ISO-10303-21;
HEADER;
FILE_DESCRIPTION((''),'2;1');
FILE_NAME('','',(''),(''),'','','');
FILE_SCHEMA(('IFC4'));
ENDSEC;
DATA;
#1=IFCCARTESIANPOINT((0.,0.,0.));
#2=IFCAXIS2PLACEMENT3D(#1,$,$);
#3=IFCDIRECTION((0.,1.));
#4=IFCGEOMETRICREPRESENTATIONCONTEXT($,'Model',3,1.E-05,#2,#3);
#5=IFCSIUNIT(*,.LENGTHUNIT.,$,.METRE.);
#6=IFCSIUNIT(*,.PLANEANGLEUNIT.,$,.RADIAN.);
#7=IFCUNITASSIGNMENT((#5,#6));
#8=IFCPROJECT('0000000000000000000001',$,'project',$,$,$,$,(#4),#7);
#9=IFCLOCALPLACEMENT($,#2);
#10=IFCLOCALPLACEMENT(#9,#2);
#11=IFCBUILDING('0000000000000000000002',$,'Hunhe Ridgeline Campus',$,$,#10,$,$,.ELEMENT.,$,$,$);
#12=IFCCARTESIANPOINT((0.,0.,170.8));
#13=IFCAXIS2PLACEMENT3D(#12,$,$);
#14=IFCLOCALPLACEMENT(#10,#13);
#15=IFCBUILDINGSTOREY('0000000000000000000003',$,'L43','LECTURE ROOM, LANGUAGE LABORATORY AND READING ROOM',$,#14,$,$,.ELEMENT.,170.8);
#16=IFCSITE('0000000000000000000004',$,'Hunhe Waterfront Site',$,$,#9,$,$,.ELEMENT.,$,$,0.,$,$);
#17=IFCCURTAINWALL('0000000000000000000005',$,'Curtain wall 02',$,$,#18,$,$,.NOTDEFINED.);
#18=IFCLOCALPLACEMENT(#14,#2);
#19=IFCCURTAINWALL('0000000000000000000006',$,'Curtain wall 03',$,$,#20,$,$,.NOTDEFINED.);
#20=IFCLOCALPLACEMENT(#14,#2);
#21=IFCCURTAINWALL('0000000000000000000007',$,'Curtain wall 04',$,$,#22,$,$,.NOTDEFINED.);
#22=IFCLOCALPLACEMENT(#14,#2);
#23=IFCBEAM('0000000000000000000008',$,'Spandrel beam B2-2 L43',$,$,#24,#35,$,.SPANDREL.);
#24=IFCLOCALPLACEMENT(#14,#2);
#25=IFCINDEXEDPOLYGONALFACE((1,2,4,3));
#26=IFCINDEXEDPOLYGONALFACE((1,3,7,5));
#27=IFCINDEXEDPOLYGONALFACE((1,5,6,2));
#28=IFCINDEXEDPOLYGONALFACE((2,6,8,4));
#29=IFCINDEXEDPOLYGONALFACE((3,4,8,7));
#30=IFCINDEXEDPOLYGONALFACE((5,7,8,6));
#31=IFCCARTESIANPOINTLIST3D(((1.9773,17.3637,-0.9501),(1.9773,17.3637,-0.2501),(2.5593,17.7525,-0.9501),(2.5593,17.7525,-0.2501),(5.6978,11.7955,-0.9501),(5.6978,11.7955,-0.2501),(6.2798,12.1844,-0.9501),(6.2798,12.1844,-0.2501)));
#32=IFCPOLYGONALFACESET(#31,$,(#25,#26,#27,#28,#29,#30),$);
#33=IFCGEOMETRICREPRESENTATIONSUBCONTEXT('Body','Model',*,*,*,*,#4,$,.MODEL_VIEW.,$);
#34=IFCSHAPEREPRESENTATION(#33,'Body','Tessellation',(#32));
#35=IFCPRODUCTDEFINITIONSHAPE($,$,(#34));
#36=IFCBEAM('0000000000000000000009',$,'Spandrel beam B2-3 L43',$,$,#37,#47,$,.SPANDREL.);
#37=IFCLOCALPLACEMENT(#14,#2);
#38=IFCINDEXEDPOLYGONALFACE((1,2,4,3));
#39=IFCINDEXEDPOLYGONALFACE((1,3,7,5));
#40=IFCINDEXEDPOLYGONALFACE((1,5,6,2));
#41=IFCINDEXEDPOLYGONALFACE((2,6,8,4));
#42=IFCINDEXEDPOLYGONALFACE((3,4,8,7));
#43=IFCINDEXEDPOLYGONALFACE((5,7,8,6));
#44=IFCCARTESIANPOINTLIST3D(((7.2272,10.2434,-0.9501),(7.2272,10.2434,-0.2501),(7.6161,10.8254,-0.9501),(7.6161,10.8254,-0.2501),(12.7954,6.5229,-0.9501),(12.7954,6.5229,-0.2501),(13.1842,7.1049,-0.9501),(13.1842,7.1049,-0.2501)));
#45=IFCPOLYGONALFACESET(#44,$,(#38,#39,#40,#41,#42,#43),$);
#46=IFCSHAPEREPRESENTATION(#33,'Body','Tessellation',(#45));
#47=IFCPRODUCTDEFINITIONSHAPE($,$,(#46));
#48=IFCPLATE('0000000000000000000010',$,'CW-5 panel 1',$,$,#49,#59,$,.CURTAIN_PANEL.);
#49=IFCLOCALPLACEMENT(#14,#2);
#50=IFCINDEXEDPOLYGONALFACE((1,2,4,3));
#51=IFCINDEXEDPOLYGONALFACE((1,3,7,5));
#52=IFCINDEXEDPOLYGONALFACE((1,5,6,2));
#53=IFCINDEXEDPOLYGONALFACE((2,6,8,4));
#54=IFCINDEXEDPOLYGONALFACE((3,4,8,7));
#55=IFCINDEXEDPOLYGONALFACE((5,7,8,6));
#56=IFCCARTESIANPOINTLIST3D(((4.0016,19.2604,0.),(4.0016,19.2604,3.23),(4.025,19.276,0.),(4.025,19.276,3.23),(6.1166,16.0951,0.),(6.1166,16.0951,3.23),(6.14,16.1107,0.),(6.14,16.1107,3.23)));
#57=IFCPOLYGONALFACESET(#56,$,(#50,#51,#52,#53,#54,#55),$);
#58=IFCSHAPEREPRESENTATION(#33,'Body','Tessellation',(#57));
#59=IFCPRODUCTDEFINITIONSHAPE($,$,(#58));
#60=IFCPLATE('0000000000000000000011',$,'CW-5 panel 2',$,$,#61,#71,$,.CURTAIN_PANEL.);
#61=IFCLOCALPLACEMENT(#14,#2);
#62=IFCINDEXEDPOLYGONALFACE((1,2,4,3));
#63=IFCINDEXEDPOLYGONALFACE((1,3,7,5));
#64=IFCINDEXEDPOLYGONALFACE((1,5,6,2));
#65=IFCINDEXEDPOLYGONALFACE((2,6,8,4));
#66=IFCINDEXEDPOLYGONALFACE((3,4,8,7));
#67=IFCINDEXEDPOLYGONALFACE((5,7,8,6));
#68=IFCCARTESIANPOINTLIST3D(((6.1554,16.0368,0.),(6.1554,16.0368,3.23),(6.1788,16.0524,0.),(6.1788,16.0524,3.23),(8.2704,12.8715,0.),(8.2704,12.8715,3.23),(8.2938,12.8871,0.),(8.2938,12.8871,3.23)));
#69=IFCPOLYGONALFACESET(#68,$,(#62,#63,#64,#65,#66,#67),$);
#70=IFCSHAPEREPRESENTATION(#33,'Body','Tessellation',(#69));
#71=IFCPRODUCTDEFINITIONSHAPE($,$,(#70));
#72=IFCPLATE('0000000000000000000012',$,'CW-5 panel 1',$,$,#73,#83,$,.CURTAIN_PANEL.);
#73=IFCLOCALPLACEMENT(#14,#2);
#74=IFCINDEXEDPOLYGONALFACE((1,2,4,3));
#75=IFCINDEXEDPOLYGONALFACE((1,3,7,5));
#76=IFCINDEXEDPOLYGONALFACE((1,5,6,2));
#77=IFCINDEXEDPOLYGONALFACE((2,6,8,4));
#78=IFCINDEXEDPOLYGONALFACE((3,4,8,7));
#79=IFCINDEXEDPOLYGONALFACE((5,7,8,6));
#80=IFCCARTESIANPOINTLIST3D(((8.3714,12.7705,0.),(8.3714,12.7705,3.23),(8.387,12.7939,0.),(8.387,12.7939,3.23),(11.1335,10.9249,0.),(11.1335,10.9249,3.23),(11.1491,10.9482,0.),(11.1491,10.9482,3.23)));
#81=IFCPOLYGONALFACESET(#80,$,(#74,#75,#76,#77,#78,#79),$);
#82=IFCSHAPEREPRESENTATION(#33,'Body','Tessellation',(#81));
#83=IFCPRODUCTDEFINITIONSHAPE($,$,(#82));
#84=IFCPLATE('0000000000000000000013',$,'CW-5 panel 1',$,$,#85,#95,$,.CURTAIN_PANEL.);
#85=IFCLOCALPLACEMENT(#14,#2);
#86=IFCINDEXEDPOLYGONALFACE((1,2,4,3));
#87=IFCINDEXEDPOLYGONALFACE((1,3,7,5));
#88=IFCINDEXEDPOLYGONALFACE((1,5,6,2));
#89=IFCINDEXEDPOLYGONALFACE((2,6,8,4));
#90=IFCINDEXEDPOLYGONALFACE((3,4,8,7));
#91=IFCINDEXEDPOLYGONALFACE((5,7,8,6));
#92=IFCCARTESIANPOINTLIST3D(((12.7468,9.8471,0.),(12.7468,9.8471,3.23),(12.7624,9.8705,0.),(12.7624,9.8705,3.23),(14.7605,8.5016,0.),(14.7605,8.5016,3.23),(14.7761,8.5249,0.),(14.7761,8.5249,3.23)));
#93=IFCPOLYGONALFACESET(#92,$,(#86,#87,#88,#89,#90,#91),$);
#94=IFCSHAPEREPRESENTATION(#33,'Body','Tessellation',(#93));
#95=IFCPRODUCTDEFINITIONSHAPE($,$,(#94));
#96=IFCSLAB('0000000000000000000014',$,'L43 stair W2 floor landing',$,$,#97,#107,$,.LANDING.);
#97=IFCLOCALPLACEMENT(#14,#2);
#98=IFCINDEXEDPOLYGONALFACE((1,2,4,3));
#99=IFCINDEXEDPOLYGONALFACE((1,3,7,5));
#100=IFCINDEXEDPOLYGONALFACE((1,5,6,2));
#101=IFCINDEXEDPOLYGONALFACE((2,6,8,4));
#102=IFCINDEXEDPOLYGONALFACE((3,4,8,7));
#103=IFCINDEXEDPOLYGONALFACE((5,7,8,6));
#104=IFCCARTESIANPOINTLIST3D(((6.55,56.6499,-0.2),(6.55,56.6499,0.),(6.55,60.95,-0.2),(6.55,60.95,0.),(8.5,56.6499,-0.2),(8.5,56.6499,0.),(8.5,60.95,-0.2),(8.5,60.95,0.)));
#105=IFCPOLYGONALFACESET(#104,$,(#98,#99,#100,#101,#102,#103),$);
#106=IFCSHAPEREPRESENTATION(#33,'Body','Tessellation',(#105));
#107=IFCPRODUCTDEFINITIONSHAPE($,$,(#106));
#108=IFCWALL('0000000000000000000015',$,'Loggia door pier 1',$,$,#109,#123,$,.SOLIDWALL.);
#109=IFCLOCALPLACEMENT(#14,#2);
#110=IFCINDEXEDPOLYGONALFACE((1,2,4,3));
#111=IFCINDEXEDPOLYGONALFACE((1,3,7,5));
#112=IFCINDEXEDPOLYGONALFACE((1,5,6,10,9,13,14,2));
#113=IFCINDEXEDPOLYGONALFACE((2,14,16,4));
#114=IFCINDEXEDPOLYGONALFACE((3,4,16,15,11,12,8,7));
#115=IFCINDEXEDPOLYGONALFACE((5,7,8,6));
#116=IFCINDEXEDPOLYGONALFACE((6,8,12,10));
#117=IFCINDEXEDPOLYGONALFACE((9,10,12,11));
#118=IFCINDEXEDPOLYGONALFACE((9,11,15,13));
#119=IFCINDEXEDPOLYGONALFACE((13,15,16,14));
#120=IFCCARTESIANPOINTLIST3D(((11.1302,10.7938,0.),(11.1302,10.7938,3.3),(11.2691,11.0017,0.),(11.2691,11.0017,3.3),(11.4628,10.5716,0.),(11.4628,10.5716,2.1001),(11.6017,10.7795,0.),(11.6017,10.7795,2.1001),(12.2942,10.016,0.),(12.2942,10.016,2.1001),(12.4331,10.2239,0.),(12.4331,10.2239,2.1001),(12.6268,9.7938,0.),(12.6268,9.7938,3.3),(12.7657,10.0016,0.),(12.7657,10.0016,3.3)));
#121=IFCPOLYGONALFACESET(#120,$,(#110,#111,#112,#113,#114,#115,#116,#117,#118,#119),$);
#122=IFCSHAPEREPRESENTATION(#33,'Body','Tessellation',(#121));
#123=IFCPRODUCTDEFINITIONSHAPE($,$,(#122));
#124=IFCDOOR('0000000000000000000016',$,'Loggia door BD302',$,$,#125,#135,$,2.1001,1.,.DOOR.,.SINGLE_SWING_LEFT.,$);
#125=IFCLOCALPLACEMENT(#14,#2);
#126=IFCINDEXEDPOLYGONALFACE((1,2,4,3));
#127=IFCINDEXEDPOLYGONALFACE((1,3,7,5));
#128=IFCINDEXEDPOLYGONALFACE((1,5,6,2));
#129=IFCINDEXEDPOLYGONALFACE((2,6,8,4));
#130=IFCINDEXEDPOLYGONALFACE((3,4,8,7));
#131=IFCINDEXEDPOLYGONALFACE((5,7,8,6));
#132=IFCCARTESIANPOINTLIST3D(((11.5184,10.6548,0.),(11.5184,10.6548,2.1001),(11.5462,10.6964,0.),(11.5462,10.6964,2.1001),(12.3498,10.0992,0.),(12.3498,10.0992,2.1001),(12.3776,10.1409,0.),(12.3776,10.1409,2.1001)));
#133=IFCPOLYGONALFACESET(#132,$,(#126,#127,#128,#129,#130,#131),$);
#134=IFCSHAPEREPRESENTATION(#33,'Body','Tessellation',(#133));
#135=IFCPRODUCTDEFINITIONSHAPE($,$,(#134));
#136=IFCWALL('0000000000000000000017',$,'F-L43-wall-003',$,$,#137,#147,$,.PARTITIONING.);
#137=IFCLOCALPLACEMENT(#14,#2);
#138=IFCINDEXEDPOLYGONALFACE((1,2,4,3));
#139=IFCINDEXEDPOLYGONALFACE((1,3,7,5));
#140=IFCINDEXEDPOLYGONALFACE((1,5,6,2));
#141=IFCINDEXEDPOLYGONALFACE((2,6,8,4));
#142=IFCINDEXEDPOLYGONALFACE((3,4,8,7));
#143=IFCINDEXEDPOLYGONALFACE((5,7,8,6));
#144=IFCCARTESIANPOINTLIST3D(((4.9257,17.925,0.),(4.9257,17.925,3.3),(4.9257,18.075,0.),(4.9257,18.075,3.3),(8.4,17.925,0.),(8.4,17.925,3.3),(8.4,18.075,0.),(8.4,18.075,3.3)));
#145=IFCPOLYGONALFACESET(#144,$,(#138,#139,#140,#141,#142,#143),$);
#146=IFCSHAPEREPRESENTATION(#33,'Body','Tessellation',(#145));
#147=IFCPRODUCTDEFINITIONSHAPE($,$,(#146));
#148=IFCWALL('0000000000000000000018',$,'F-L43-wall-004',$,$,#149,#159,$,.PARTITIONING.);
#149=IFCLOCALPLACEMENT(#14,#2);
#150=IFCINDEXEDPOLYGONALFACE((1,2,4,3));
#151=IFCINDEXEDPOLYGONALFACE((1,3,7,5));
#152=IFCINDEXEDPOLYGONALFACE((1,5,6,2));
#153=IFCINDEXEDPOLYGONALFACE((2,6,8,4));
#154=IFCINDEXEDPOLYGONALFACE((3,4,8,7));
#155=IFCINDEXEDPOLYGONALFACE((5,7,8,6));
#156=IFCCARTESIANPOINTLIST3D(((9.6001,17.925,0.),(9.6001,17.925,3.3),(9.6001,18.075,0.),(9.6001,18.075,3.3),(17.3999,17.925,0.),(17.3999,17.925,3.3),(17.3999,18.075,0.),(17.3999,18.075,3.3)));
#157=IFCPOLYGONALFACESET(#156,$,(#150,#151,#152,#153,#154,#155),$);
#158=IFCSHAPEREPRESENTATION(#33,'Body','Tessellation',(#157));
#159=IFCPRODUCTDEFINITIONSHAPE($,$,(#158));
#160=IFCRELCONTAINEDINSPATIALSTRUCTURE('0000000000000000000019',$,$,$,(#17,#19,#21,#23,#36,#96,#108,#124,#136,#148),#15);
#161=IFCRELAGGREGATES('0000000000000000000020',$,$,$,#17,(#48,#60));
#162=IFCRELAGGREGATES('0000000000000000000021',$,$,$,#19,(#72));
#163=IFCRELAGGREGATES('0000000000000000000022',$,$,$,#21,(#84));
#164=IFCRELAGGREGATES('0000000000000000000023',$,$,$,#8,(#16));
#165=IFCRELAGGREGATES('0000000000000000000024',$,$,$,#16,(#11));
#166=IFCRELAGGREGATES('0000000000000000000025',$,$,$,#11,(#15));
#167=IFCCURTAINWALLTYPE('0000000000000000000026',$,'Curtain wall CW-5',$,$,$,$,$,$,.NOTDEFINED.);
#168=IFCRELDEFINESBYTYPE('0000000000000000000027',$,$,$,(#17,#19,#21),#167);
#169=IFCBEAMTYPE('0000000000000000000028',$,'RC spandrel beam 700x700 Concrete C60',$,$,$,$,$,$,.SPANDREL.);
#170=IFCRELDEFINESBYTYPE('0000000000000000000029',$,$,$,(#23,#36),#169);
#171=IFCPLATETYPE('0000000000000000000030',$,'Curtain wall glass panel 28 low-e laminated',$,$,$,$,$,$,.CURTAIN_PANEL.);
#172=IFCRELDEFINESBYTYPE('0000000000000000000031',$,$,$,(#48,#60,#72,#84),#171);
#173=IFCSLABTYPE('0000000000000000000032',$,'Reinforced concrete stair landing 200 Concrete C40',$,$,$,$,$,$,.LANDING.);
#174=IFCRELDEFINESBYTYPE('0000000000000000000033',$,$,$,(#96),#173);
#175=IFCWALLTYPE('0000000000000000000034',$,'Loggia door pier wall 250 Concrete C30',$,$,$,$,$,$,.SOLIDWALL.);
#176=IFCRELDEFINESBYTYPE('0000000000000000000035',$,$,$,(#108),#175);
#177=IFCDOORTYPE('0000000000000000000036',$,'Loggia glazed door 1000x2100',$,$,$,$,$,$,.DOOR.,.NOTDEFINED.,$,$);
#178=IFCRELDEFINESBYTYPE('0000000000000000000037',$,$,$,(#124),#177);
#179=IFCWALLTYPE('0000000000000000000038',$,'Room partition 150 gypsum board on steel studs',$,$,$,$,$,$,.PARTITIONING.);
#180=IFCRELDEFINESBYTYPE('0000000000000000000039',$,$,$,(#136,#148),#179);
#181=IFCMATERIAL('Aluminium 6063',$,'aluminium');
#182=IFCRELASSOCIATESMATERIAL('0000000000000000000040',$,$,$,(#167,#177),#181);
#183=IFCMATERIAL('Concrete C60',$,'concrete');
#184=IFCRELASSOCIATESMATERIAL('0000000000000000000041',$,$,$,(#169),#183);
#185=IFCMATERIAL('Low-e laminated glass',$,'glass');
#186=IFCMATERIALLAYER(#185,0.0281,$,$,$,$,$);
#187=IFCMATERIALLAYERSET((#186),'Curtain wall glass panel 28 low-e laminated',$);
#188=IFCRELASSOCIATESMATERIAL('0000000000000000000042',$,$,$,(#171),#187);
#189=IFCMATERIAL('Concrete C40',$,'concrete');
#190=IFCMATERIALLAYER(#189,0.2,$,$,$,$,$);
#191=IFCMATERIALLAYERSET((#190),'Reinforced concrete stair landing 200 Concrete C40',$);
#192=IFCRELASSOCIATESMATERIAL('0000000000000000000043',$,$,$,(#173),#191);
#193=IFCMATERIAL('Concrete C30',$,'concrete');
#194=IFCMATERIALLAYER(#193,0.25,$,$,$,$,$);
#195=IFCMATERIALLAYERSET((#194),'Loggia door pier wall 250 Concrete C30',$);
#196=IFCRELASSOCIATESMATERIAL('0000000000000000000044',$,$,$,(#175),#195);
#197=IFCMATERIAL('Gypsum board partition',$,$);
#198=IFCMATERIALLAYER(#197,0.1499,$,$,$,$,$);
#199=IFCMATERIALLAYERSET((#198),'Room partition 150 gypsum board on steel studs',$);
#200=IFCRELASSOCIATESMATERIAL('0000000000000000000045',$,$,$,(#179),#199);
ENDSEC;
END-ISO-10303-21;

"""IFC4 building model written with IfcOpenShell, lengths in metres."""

from ifc_helpers import new_model, si_unit, direction, frame, frame_2d, origin, origin_2d, place, context, subcontext, project, spatial, polyline, rectangle, outline, extrude, material, layer, layer_set, material_profile, profile_set, type_object, element, fill, aggregate, save


model = new_model("IFC4")

# Units and contexts
model_context = context("Model", 3, precision=1e-05, world=origin(), true_north=direction((0.0, 1.0)))
body_context = subcontext(model_context, "Body", "Model", "MODEL_VIEW")
ifc_project = project(units=[si_unit("LENGTHUNIT", "METRE"), si_unit("PLANEANGLEUNIT", "RADIAN")], contexts=[model_context])

# Site, building, storey
site_placement = place(None, origin())
site = spatial("IfcSite", under=ifc_project, at=site_placement, Name="Hunhe Waterfront Site", CompositionType="ELEMENT", RefElevation=0.0)
building_placement = place(site_placement, origin())
building = spatial("IfcBuilding", under=site, at=building_placement, Name="Hunhe Ridgeline Campus", CompositionType="ELEMENT")
storey_placement = place(building_placement, frame((0.0, 0.0, 170.8)))
storey = spatial("IfcBuildingStorey", under=building, at=storey_placement, Name="L43", Description="LECTURE ROOM, LANGUAGE LABORATORY AND READING ROOM", CompositionType="ELEMENT", Elevation=170.8)

# Shared definitions
ifc_material_1 = material(Name="Aluminium 6063", Category="aluminium")
curtain_wall_type = type_object("IfcCurtainWallType", Name="Curtain wall CW-5", PredefinedType="NOTDEFINED", material=ifc_material_1)

# Curtain walls
curtain_wall_1_placement = place(storey_placement, origin())
curtain_wall_1 = element("IfcCurtainWall", 1, at=curtain_wall_1_placement, inside=storey, type_object=curtain_wall_type, Name="Curtain wall 02", PredefinedType="NOTDEFINED")
curtain_wall_2_placement = place(storey_placement, origin())
curtain_wall_2 = element("IfcCurtainWall", 2, at=curtain_wall_2_placement, inside=storey, type_object=curtain_wall_type, Name="Curtain wall 03", PredefinedType="NOTDEFINED")
curtain_wall_3_placement = place(storey_placement, origin())
curtain_wall_3 = element("IfcCurtainWall", 3, at=curtain_wall_3_placement, inside=storey, type_object=curtain_wall_type, Name="Curtain wall 04", PredefinedType="NOTDEFINED")

# Beams
ifc_material_2 = material(Name="Concrete C60", Category="concrete")
ifc_material_profile_1 = material_profile(ifc_material_2, rectangle(XDim=0.7, YDim=0.7, at=origin_2d()))
ifc_profile_set_1 = profile_set([ifc_material_profile_1], Name="Concrete C60")
beam_type = type_object("IfcBeamType", Name="RC spandrel beam 700x700 Concrete C60", PredefinedType="SPANDREL", material=ifc_profile_set_1)
for number, where, z_axis, x_axis, name in (
    (4, (2.2683, 17.5581, -0.6001), (0.555566, -0.831472, 0.0), (0.831472, 0.555566, 0.0), "Spandrel beam B2-2 L43"),
    (5, (7.4216, 10.5344, -0.6001), (0.831472, -0.555566, 0.0), (0.555566, 0.831472, 0.0), "Spandrel beam B2-3 L43"),
):
    element("IfcBeam", number, at=place(storey_placement, frame(where, z_axis=z_axis, x_axis=x_axis)), inside=storey, type_object=beam_type, Name=name, PredefinedType="SPANDREL", context=body_context, shape_type="SweptSolid", body=[
        extrude(rectangle(XDim=0.7, YDim=0.7, at=origin_2d()), origin(), (0.0, 0.0, 1.0), 6.6968),
    ])

# Plates
ifc_material_3 = material(Name="Low-e laminated glass", Category="glass")
ifc_layer_1 = layer(ifc_material_3, 0.0281)
ifc_layer_set_1 = layer_set([ifc_layer_1], Name="Curtain wall glass panel 28 low-e laminated")
plate_type = type_object("IfcPlateType", Name="Curtain wall glass panel 28 low-e laminated", PredefinedType="CURTAIN_PANEL", material=ifc_layer_set_1)
plate_1_placement = place(storey_placement, frame((5.0708, 17.6855, 0.0), z_axis=(0.0, 0.0, 1.0), x_axis=(0.55557, -0.83147, 0.0)))
plate_1 = element("IfcPlate", 6, at=plate_1_placement, type_object=plate_type, Name="CW-5 panel 1", PredefinedType="CURTAIN_PANEL", context=body_context, shape_type="SweptSolid", body=[
    extrude(rectangle(XDim=3.8069, YDim=0.0281, at=origin_2d()), origin(), (0.0, 0.0, 1.0), 3.23),
])
plate_2_placement = place(storey_placement, frame((7.2246, 14.4619, 0.0), z_axis=(0.0, 0.0, 1.0), x_axis=(0.55557, -0.83147, 0.0)))
plate_2 = element("IfcPlate", 7, at=plate_2_placement, type_object=plate_type, Name="CW-5 panel 2", PredefinedType="CURTAIN_PANEL", context=body_context, shape_type="SweptSolid", body=[
    extrude(rectangle(XDim=3.8069, YDim=0.0281, at=origin_2d()), origin(), (0.0, 0.0, 1.0), 3.23),
])
aggregate(curtain_wall_1, [plate_1, plate_2])
plate_3_placement = place(storey_placement, frame((9.7603, 11.8594, 0.0), z_axis=(0.0, 0.0, 1.0), x_axis=(0.83147, -0.55557, 0.0)))
plate_3 = element("IfcPlate", 8, at=plate_3_placement, type_object=plate_type, Name="CW-5 panel 1", PredefinedType="CURTAIN_PANEL", context=body_context, shape_type="SweptSolid", body=[
    extrude(rectangle(XDim=3.322, YDim=0.0281, at=origin_2d()), origin(), (0.0, 0.0, 1.0), 3.23),
])
aggregate(curtain_wall_2, [plate_3])
plate_4_placement = place(storey_placement, frame((13.7615, 9.186, 0.0), z_axis=(0.0, 0.0, 1.0), x_axis=(0.83147, -0.55557, 0.0)))
plate_4 = element("IfcPlate", 9, at=plate_4_placement, type_object=plate_type, Name="CW-5 panel 1", PredefinedType="CURTAIN_PANEL", context=body_context, shape_type="SweptSolid", body=[
    extrude(rectangle(XDim=2.4219, YDim=0.0281, at=origin_2d()), origin(), (0.0, 0.0, 1.0), 3.23),
])
aggregate(curtain_wall_3, [plate_4])

# Slab
ifc_material_4 = material(Name="Concrete C40", Category="concrete")
ifc_layer_2 = layer(ifc_material_4, 0.2)
ifc_layer_set_2 = layer_set([ifc_layer_2], Name="Reinforced concrete stair landing 200 Concrete C40")
slab_type = type_object("IfcSlabType", Name="Reinforced concrete stair landing 200 Concrete C40", PredefinedType="LANDING", material=ifc_layer_set_2)
slab_placement = place(storey_placement, frame((0.0, 0.0, -0.2)))
element("IfcSlab", 10, at=slab_placement, inside=storey, type_object=slab_type, Name="L43 stair W2 floor landing", PredefinedType="LANDING", context=body_context, shape_type="SweptSolid", body=[
    extrude(outline(polyline([(8.5, 60.95), (6.55, 60.95), (6.55, 56.6499), (8.5, 56.6499), (8.5, 60.95)])), origin(), (0.0, 0.0, 1.0), 0.2),
])

# Wall, opening, door
ifc_material_5 = material(Name="Concrete C30", Category="concrete")
ifc_layer_3 = layer(ifc_material_5, 0.25)
ifc_layer_set_3 = layer_set([ifc_layer_3], Name="Loggia door pier wall 250 Concrete C30")
wall_type_1 = type_object("IfcWallType", Name="Loggia door pier wall 250 Concrete C30", PredefinedType="SOLIDWALL", material=ifc_layer_set_3)
wall_1_placement = place(storey_placement, frame((11.1997, 10.8977, 0.0), z_axis=(0.0, 0.0, 1.0), x_axis=(0.831466, -0.555576, 0.0)))
wall_1 = element("IfcWall", 11, at=wall_1_placement, inside=storey, type_object=wall_type_1, Name="Loggia door pier 1", PredefinedType="SOLIDWALL", context=body_context, shape_type="SweptSolid", body=[
    extrude(rectangle(XDim=1.8, YDim=0.25, at=frame_2d((0.8999, 0.0))), origin(), (0.0, 0.0, 1.0), 3.3),
])
opening_placement = place(wall_1_placement, frame((0.3999, 0.0, 0.0)))
opening = element("IfcOpeningElement", 12, at=opening_placement, cuts=wall_1, PredefinedType="OPENING", context=body_context, shape_type="SweptSolid", body=[
    extrude(rectangle(XDim=1.0, YDim=2.1001, at=frame_2d((0.5, 1.05))), frame((0.0, 0.125, 0.0), z_axis=(0.0, -1.0, 0.0), x_axis=(1.0, 0.0, 0.0)), (0.0, 0.0, 1.0), 0.25),
])
door_type = type_object("IfcDoorType", Name="Loggia glazed door 1000x2100", OperationType="NOTDEFINED", PredefinedType="DOOR", material=ifc_material_1)
door_placement = place(opening_placement, frame((1.0, 0.0, 0.0), z_axis=(0.0, 0.0, 1.0), x_axis=(-1.0, 0.0, 0.0)))
door = element("IfcDoor", 13, at=door_placement, inside=storey, type_object=door_type, Name="Loggia door BD302", OperationType="SINGLE_SWING_LEFT", OverallHeight=2.1001, OverallWidth=1.0, PredefinedType="DOOR", context=body_context, shape_type="SweptSolid", body=[
    extrude(rectangle(XDim=1.0, YDim=2.1001, at=frame_2d((0.5, 1.05))), frame((0.0, 0.0249, 0.0), z_axis=(0.0, -1.0, 0.0), x_axis=(1.0, 0.0, 0.0)), (0.0, 0.0, 1.0), 0.05),
])
fill(opening, door)

# Walls
ifc_material_6 = material(Name="Gypsum board partition")
ifc_layer_4 = layer(ifc_material_6, 0.1499)
ifc_layer_set_4 = layer_set([ifc_layer_4], Name="Room partition 150 gypsum board on steel studs")
wall_type_2 = type_object("IfcWallType", Name="Room partition 150 gypsum board on steel studs", PredefinedType="PARTITIONING", material=ifc_layer_set_4)
wall_2_placement = place(storey_placement, frame((4.9255, 18.0, 0.0), z_axis=(0.0, 0.0, 1.0), x_axis=(1.0, 0.0, 0.0)))
element("IfcWall", 14, at=wall_2_placement, inside=storey, type_object=wall_type_2, Name="F-L43-wall-003", PredefinedType="PARTITIONING", context=body_context, shape_type="SweptSolid", body=[
    extrude(rectangle(XDim=3.4744, YDim=0.1499, at=frame_2d((1.7373, 0.0))), origin(), (0.0, 0.0, 1.0), 3.3),
])
wall_3_placement = place(storey_placement, frame((9.6001, 18.0, 0.0), z_axis=(0.0, 0.0, 1.0), x_axis=(1.0, 0.0, 0.0)))
element("IfcWall", 15, at=wall_3_placement, inside=storey, type_object=wall_type_2, Name="F-L43-wall-004", PredefinedType="PARTITIONING", context=body_context, shape_type="SweptSolid", body=[
    extrude(rectangle(XDim=7.7998, YDim=0.1499, at=frame_2d((3.8999, 0.0))), origin(), (0.0, 0.0, 1.0), 3.3),
])

save(model, "model.ifc")
